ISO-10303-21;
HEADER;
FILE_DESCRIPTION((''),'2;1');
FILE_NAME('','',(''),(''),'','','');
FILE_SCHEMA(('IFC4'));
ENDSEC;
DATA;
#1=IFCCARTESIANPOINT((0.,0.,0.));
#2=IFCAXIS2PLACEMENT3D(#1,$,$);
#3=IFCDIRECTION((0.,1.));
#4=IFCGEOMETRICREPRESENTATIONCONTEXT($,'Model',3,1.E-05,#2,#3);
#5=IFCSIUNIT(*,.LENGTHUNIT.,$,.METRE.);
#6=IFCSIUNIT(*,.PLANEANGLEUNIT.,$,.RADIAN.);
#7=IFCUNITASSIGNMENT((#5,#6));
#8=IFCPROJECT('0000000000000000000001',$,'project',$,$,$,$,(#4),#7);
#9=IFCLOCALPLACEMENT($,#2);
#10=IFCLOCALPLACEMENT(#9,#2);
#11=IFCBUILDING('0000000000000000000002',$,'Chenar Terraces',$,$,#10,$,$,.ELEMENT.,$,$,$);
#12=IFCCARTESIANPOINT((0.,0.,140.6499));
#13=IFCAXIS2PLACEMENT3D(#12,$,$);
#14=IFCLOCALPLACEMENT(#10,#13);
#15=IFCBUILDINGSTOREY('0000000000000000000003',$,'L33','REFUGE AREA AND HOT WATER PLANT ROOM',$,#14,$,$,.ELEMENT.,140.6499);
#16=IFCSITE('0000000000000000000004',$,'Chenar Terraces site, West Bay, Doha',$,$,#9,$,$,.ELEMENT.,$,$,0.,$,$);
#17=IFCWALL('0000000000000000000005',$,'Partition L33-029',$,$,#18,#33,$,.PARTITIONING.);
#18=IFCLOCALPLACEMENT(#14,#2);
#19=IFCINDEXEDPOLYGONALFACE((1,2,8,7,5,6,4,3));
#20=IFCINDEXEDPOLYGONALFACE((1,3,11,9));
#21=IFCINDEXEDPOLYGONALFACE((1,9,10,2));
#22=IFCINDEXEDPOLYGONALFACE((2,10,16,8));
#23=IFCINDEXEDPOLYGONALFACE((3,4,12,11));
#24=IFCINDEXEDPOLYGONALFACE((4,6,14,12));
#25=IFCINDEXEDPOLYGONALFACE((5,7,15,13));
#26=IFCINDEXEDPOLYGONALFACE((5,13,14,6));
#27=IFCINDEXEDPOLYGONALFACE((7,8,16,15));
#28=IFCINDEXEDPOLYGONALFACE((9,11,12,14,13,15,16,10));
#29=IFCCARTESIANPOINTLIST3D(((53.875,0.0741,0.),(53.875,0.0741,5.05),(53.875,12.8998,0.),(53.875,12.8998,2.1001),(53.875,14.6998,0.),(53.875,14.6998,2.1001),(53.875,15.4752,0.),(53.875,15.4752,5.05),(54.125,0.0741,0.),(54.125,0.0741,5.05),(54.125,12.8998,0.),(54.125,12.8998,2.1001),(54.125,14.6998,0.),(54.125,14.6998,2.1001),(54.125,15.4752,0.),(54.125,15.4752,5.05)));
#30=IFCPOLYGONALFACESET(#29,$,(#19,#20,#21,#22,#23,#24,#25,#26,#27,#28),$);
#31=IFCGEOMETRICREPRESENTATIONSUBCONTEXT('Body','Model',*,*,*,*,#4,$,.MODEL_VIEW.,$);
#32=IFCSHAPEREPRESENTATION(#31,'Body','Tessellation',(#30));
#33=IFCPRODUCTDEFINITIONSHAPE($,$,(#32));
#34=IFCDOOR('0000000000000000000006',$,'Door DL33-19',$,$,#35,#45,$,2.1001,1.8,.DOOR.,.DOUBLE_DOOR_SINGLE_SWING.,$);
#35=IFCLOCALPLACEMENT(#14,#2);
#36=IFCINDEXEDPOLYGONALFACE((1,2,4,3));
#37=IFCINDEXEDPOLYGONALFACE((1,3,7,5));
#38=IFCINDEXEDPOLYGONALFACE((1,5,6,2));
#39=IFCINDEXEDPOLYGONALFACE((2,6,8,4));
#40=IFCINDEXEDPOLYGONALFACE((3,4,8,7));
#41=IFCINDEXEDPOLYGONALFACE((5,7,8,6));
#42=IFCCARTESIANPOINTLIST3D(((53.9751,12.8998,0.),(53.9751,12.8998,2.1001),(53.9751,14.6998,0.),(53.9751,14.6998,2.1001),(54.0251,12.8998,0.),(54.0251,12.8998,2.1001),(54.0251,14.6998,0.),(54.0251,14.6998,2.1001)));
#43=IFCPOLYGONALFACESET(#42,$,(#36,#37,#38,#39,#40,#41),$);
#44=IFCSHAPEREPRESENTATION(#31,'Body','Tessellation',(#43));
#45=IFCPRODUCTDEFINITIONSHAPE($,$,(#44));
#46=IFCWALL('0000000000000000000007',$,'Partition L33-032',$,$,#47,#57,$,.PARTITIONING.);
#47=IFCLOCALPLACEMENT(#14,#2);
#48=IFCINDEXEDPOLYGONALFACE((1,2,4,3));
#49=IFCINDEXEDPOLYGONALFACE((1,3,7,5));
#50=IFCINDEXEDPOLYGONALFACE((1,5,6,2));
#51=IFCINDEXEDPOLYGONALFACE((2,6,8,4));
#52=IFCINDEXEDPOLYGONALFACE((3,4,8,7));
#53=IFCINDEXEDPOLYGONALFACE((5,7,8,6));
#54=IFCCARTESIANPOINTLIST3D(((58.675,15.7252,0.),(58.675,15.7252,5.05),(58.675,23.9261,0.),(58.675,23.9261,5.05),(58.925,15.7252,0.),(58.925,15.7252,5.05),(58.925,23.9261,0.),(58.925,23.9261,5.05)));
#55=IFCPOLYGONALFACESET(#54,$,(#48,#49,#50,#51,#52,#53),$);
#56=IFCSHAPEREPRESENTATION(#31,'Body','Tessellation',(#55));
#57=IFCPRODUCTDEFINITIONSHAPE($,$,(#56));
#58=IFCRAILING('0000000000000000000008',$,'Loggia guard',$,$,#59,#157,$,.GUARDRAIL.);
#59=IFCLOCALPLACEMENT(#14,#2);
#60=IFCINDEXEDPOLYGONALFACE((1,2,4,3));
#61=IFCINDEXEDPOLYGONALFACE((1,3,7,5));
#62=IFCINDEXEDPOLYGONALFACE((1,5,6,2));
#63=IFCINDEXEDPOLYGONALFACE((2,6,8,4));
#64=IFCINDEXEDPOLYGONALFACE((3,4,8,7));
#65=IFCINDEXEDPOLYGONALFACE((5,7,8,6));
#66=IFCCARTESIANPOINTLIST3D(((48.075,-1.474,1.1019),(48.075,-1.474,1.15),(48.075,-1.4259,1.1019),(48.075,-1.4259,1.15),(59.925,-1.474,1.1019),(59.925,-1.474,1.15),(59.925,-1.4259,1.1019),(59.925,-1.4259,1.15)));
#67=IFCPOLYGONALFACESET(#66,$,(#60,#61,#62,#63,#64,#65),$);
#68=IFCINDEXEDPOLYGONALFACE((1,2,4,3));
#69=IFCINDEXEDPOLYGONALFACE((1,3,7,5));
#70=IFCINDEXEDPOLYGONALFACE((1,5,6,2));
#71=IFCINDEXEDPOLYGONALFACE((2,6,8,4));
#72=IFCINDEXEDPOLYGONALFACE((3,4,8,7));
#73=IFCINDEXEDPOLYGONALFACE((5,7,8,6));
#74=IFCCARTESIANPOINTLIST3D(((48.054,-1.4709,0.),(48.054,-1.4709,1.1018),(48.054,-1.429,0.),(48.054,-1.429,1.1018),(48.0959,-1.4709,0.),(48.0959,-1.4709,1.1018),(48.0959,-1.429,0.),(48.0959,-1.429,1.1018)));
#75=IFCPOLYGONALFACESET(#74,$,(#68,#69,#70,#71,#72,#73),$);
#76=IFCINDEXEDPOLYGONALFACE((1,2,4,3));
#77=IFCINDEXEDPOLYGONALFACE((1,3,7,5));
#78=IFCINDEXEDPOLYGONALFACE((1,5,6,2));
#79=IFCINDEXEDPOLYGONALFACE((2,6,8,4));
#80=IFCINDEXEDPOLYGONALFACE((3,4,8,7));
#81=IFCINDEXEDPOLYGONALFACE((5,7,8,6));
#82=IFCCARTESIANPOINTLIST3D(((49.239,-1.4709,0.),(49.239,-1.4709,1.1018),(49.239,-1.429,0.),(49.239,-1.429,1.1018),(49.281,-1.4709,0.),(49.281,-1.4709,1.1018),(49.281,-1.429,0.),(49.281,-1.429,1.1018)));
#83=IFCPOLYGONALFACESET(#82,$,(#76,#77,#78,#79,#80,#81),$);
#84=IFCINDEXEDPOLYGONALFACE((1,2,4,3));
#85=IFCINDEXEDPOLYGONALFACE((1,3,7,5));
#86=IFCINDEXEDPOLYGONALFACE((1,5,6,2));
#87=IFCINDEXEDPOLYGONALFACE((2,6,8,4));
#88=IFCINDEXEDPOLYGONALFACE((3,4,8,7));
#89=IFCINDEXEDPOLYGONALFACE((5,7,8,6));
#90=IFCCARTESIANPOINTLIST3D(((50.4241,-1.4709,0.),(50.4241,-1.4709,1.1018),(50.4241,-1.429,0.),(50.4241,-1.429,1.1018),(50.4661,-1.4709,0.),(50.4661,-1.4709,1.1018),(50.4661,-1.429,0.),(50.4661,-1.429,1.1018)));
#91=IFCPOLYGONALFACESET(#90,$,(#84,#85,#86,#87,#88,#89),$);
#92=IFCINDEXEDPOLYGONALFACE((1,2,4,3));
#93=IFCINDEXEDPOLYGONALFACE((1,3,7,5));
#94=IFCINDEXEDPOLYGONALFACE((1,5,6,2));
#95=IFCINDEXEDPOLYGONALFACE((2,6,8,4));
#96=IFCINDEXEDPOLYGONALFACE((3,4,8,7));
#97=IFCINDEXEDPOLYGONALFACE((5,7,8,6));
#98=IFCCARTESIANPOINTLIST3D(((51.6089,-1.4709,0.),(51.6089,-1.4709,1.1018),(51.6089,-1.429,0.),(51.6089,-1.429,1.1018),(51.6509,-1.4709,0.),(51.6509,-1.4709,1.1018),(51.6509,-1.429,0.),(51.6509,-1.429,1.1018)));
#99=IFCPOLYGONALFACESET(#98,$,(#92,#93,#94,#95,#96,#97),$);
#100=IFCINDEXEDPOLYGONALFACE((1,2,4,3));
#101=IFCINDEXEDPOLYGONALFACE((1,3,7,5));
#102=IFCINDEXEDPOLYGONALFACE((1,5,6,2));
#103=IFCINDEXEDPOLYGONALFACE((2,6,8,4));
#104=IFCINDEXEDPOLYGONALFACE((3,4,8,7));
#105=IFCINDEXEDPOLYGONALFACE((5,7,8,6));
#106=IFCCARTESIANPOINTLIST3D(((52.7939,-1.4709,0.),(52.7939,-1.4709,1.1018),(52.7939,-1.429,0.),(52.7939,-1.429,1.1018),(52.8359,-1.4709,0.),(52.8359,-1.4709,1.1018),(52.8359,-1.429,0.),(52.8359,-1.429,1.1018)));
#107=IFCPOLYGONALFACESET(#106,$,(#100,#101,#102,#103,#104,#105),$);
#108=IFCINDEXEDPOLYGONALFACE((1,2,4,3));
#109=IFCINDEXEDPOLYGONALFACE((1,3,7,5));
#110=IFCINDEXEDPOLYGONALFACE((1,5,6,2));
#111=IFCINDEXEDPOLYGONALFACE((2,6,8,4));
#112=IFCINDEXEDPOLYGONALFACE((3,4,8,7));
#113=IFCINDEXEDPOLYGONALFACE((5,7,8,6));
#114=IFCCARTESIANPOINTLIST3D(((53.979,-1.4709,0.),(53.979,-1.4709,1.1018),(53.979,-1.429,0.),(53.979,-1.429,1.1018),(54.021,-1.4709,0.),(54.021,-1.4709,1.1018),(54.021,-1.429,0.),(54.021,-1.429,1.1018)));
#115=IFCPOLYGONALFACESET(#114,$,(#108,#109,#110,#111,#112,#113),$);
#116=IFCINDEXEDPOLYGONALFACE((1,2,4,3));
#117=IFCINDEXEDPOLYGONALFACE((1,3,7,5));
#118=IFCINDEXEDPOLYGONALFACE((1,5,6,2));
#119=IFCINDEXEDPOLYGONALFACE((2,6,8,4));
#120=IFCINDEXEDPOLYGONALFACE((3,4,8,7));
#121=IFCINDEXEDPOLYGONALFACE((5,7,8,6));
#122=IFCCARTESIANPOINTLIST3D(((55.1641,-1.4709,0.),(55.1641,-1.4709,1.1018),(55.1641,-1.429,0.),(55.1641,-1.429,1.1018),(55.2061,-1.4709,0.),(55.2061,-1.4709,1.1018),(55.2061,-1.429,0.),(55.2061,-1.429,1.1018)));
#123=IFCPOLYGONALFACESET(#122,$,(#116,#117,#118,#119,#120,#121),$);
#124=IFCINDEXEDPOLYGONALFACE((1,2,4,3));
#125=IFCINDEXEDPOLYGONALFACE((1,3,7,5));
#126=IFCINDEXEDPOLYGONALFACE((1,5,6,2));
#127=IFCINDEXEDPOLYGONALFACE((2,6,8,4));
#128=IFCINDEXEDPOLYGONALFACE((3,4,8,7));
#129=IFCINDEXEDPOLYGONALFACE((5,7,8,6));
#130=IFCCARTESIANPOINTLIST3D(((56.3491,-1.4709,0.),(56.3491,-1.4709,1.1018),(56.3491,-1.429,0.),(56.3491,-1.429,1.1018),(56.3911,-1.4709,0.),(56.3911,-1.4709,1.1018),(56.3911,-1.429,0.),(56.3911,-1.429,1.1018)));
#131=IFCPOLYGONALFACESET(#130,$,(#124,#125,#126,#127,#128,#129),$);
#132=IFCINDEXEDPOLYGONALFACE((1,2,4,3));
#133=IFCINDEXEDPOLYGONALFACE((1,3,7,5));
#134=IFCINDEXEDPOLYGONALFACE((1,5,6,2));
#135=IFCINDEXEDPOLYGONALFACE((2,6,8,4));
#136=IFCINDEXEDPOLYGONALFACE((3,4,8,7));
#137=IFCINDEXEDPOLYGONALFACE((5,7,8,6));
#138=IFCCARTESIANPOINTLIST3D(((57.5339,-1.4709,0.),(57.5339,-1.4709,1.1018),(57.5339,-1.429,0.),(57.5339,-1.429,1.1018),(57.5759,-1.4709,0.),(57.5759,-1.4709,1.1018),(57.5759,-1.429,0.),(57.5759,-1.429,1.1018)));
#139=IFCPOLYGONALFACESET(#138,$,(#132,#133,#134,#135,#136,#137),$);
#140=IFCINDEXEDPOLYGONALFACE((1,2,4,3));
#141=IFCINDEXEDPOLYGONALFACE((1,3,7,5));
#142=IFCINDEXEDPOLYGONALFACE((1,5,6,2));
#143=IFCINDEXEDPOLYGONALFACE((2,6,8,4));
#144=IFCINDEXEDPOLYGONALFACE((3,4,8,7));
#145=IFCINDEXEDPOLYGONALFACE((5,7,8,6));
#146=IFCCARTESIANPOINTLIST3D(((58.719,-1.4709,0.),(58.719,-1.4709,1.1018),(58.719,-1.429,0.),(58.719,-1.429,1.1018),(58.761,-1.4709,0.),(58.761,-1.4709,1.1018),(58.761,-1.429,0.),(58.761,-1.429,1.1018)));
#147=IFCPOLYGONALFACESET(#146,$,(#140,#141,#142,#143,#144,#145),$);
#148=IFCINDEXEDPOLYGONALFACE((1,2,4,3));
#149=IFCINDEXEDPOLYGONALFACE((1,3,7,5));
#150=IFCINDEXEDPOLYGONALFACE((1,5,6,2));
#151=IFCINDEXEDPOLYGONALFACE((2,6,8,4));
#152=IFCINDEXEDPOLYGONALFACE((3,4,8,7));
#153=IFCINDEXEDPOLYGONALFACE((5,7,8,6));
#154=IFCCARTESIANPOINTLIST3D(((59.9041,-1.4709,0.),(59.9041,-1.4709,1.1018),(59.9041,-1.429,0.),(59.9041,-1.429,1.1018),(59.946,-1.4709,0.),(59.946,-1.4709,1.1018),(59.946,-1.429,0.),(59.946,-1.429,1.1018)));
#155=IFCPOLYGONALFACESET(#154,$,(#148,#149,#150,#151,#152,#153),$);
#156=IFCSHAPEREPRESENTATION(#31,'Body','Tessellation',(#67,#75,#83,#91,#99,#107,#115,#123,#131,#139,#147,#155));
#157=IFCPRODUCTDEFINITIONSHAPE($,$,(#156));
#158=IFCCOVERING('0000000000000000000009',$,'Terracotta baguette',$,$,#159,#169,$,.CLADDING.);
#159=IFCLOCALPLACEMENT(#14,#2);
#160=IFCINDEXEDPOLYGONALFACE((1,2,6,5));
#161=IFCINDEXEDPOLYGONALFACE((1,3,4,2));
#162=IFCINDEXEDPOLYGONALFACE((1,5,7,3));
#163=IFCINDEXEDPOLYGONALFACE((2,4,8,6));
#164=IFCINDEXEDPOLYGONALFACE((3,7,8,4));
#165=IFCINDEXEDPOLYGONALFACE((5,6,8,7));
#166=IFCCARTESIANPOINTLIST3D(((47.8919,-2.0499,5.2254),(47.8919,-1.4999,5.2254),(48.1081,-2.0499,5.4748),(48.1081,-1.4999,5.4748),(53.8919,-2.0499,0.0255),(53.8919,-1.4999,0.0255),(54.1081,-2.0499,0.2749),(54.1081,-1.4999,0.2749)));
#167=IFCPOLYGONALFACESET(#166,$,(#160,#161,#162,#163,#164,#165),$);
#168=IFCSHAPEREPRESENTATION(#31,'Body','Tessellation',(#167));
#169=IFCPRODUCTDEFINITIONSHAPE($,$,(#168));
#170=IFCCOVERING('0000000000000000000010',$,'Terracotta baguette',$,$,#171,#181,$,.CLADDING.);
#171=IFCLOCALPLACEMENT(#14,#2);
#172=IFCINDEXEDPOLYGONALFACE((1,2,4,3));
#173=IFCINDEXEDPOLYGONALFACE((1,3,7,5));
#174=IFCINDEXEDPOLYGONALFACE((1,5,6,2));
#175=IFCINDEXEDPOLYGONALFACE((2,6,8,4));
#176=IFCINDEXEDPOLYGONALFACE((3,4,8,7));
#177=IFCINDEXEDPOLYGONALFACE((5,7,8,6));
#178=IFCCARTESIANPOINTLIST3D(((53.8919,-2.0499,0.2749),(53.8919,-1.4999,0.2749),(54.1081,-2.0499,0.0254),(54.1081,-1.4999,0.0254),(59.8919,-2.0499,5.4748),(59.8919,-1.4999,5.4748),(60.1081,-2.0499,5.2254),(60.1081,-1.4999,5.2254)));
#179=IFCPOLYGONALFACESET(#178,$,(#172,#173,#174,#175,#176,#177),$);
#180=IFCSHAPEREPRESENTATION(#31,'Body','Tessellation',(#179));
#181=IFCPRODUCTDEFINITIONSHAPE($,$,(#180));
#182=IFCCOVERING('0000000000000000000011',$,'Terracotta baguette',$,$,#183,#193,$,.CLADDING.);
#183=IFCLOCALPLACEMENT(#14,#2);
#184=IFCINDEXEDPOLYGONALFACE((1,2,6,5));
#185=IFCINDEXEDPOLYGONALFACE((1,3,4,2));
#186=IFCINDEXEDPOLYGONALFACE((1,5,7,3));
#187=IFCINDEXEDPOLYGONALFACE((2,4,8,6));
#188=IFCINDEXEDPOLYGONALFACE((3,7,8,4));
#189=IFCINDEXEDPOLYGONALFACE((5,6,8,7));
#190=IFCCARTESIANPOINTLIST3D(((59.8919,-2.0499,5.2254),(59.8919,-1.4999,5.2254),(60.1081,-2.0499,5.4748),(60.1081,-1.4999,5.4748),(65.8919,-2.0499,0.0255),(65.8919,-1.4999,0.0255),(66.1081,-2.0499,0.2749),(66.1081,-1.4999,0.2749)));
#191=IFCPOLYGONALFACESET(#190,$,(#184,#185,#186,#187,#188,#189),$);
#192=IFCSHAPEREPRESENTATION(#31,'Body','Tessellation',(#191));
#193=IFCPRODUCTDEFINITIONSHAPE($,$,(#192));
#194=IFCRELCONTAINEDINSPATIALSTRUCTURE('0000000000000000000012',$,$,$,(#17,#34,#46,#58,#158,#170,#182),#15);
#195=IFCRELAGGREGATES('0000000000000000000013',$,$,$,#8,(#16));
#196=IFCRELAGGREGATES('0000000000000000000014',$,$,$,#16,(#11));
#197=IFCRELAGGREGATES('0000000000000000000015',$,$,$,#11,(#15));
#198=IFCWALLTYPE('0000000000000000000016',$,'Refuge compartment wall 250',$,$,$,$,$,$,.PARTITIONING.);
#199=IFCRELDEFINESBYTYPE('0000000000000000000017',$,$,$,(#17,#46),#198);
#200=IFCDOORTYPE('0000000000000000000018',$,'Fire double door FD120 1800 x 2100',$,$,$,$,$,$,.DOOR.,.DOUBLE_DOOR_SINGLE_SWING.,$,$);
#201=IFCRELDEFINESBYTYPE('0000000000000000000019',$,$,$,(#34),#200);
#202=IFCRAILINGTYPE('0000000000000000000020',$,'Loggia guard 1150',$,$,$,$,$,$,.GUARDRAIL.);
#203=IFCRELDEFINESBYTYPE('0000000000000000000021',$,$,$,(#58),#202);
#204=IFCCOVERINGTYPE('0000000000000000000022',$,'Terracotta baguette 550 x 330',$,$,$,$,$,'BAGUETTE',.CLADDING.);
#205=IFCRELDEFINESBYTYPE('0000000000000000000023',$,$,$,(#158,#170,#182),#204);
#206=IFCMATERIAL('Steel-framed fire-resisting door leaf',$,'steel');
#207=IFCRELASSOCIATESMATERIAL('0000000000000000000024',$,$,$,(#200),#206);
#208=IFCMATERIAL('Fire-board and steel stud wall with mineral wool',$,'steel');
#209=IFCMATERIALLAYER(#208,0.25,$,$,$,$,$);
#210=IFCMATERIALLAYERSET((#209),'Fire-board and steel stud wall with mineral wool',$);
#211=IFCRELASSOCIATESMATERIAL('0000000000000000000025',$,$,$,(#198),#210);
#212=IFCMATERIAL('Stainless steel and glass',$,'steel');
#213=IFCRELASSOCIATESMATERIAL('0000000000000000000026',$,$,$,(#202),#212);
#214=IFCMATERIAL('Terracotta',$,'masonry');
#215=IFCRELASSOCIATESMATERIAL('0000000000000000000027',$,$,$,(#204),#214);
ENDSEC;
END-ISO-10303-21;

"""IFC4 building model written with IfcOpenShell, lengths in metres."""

from ifc_helpers import new_model, si_unit, direction, frame, frame_2d, origin, origin_2d, place, context, subcontext, project, spatial, rectangle, extrude, material, layer, layer_set, material_profile, profile_set, type_object, element, fill, save


model = new_model("IFC4")

# Units and contexts
model_context = context("Model", 3, precision=1e-05, world=origin(), true_north=direction((0.0, 1.0)))
body_context = subcontext(model_context, "Body", "Model", "MODEL_VIEW")
ifc_project = project(units=[si_unit("LENGTHUNIT", "METRE"), si_unit("PLANEANGLEUNIT", "RADIAN")], contexts=[model_context])

# Site, building, storey
site_placement = place(None, origin())
site = spatial("IfcSite", under=ifc_project, at=site_placement, Name="Chenar Terraces site, West Bay, Doha", CompositionType="ELEMENT", RefElevation=0.0)
building_placement = place(site_placement, origin())
building = spatial("IfcBuilding", under=site, at=building_placement, Name="Chenar Terraces", CompositionType="ELEMENT")
storey_placement = place(building_placement, frame((0.0, 0.0, 140.6499)))
storey = spatial("IfcBuildingStorey", under=building, at=storey_placement, Name="L33", Description="REFUGE AREA AND HOT WATER PLANT ROOM", CompositionType="ELEMENT", Elevation=140.6499)

# Wall, opening, door
ifc_material_1 = material(Name="Steel-framed fire-resisting door leaf", Category="steel")
door_type_1 = type_object("IfcDoorType", Name="Fire double door FD120 1800 x 2100", OperationType="DOUBLE_DOOR_SINGLE_SWING", PredefinedType="DOOR", material=ifc_material_1)
ifc_material_2 = material(Name="Fire-board and steel stud wall with mineral wool", Category="steel")
ifc_layer_1 = layer(ifc_material_2, 0.25)
ifc_layer_set_1 = layer_set([ifc_layer_1], Name="Fire-board and steel stud wall with mineral wool")
wall_type_1 = type_object("IfcWallType", Name="Refuge compartment wall 250", PredefinedType="PARTITIONING", material=ifc_layer_set_1)
wall_1_placement = place(storey_placement, frame((54.0, 0.074, 0.0), z_axis=(0.0, 0.0, 1.0), x_axis=(0.0, 1.0, 0.0)))
wall_1 = element("IfcWall", 1, at=wall_1_placement, inside=storey, type_object=wall_type_1, Name="Partition L33-029", PredefinedType="PARTITIONING", context=body_context, shape_type="SweptSolid", body=[
    extrude(rectangle(XDim=15.4011, YDim=0.25, at=frame_2d((7.7007, 0.0))), origin(), (0.0, 0.0, 1.0), 5.05),
])
opening_1_placement = place(wall_1_placement, frame((12.8259, 0.0, 0.0)))
opening_1 = element("IfcOpeningElement", 2, at=opening_1_placement, cuts=wall_1, PredefinedType="OPENING", context=body_context, shape_type="SweptSolid", body=[
    extrude(rectangle(XDim=1.8, YDim=2.1001, at=frame_2d((0.8999, 1.05))), frame((0.0, 0.135, 0.0), z_axis=(0.0, -1.0, 0.0), x_axis=(1.0, 0.0, 0.0)), (0.0, 0.0, 1.0), 0.27),
])
door_1_placement = place(opening_1_placement, origin())
door_1 = element("IfcDoor", 3, at=door_1_placement, inside=storey, type_object=door_type_1, Name="Door DL33-19", OperationType="DOUBLE_DOOR_SINGLE_SWING", OverallHeight=2.1001, OverallWidth=1.8, PredefinedType="DOOR", context=body_context, shape_type="SweptSolid", body=[
    extrude(rectangle(XDim=1.8, YDim=2.1001, at=frame_2d((0.8999, 1.05))), frame((0.0, 0.0249, 0.0), z_axis=(0.0, -1.0, 0.0), x_axis=(1.0, 0.0, 0.0)), (0.0, 0.0, 1.0), 0.05),
])
fill(opening_1, door_1)

# Wall
wall_2_placement = place(storey_placement, frame((58.8, 15.7251, 0.0), z_axis=(0.0, 0.0, 1.0), x_axis=(0.0, 1.0, 0.0)))
element("IfcWall", 4, at=wall_2_placement, inside=storey, type_object=wall_type_1, Name="Partition L33-032", PredefinedType="PARTITIONING", context=body_context, shape_type="SweptSolid", body=[
    extrude(rectangle(XDim=8.2009, YDim=0.25, at=frame_2d((4.1006, 0.0))), origin(), (0.0, 0.0, 1.0), 5.05),
])

# Railing
ifc_material_3 = material(Name="Stainless steel and glass", Category="steel")
railing_type = type_object("IfcRailingType", Name="Loggia guard 1150", PredefinedType="GUARDRAIL", material=ifc_material_3)
railing_placement = place(storey_placement, frame((48.075, -1.45, 0.0)))
element("IfcRailing", 5, at=railing_placement, inside=storey, type_object=railing_type, Name="Loggia guard", PredefinedType="GUARDRAIL", context=body_context, shape_type="SweptSolid", body=[
    extrude(rectangle(XDim=0.0481, YDim=0.0481, at=origin_2d()), frame((0.0, 0.0, 1.126), z_axis=(1.0, 0.0, 0.0), x_axis=(0.0, 1.0, 0.0)), (0.0, 0.0, 1.0), 11.8501),
    extrude(rectangle(XDim=0.042, YDim=0.042, at=origin_2d()), origin(), (0.0, 0.0, 1.0), 1.1018),
    extrude(rectangle(XDim=0.042, YDim=0.042, at=origin_2d()), frame((1.1851, 0.0, 0.0)), (0.0, 0.0, 1.0), 1.1018),
    extrude(rectangle(XDim=0.042, YDim=0.042, at=origin_2d()), frame((2.3701, 0.0, 0.0)), (0.0, 0.0, 1.0), 1.1018),
    extrude(rectangle(XDim=0.042, YDim=0.042, at=origin_2d()), frame((3.5549, 0.0, 0.0)), (0.0, 0.0, 1.0), 1.1018),
    extrude(rectangle(XDim=0.042, YDim=0.042, at=origin_2d()), frame((4.74, 0.0, 0.0)), (0.0, 0.0, 1.0), 1.1018),
    extrude(rectangle(XDim=0.042, YDim=0.042, at=origin_2d()), frame((5.925, 0.0, 0.0)), (0.0, 0.0, 1.0), 1.1018),
    extrude(rectangle(XDim=0.042, YDim=0.042, at=origin_2d()), frame((7.1101, 0.0, 0.0)), (0.0, 0.0, 1.0), 1.1018),
    extrude(rectangle(XDim=0.042, YDim=0.042, at=origin_2d()), frame((8.2952, 0.0, 0.0)), (0.0, 0.0, 1.0), 1.1018),
    extrude(rectangle(XDim=0.042, YDim=0.042, at=origin_2d()), frame((9.48, 0.0, 0.0)), (0.0, 0.0, 1.0), 1.1018),
    extrude(rectangle(XDim=0.042, YDim=0.042, at=origin_2d()), frame((10.665, 0.0, 0.0)), (0.0, 0.0, 1.0), 1.1018),
    extrude(rectangle(XDim=0.042, YDim=0.042, at=origin_2d()), frame((11.8501, 0.0, 0.0)), (0.0, 0.0, 1.0), 1.1018),
])

# Coverings
ifc_material_4 = material(Name="Terracotta", Category="masonry")
ifc_material_profile_1 = material_profile(ifc_material_4, rectangle(XDim=0.55, YDim=0.3301, at=origin_2d()), Name="Terracotta baguette 550 x 330")
ifc_profile_set_1 = profile_set([ifc_material_profile_1], Name="Terracotta")
covering_type = type_object("IfcCoveringType", Name="Terracotta baguette 550 x 330", ElementType="BAGUETTE", PredefinedType="CLADDING", material=ifc_profile_set_1)
for number, where, z_axis, x_axis, name in (
    (6, (48.0, -1.7749, 5.3501), (0.755692, 0.0, -0.654927), (0.0, 1.0, 0.0), "Terracotta baguette"),
    (7, (54.0, -1.7749, 0.1501), (0.755692, 0.0, 0.654927), (0.0, 1.0, 0.0), "Terracotta baguette"),
    (8, (60.0, -1.7749, 5.3501), (0.755692, 0.0, -0.654927), (0.0, 1.0, 0.0), "Terracotta baguette"),
):
    element("IfcCovering", number, at=place(storey_placement, frame(where, z_axis=z_axis, x_axis=x_axis)), inside=storey, type_object=covering_type, Name=name, PredefinedType="CLADDING", context=body_context, shape_type="SweptSolid", body=[
        extrude(rectangle(XDim=0.55, YDim=0.3301, at=origin_2d()), origin(), (0.0, 0.0, 1.0), 7.9397),
    ])

save(model, "model.ifc")
